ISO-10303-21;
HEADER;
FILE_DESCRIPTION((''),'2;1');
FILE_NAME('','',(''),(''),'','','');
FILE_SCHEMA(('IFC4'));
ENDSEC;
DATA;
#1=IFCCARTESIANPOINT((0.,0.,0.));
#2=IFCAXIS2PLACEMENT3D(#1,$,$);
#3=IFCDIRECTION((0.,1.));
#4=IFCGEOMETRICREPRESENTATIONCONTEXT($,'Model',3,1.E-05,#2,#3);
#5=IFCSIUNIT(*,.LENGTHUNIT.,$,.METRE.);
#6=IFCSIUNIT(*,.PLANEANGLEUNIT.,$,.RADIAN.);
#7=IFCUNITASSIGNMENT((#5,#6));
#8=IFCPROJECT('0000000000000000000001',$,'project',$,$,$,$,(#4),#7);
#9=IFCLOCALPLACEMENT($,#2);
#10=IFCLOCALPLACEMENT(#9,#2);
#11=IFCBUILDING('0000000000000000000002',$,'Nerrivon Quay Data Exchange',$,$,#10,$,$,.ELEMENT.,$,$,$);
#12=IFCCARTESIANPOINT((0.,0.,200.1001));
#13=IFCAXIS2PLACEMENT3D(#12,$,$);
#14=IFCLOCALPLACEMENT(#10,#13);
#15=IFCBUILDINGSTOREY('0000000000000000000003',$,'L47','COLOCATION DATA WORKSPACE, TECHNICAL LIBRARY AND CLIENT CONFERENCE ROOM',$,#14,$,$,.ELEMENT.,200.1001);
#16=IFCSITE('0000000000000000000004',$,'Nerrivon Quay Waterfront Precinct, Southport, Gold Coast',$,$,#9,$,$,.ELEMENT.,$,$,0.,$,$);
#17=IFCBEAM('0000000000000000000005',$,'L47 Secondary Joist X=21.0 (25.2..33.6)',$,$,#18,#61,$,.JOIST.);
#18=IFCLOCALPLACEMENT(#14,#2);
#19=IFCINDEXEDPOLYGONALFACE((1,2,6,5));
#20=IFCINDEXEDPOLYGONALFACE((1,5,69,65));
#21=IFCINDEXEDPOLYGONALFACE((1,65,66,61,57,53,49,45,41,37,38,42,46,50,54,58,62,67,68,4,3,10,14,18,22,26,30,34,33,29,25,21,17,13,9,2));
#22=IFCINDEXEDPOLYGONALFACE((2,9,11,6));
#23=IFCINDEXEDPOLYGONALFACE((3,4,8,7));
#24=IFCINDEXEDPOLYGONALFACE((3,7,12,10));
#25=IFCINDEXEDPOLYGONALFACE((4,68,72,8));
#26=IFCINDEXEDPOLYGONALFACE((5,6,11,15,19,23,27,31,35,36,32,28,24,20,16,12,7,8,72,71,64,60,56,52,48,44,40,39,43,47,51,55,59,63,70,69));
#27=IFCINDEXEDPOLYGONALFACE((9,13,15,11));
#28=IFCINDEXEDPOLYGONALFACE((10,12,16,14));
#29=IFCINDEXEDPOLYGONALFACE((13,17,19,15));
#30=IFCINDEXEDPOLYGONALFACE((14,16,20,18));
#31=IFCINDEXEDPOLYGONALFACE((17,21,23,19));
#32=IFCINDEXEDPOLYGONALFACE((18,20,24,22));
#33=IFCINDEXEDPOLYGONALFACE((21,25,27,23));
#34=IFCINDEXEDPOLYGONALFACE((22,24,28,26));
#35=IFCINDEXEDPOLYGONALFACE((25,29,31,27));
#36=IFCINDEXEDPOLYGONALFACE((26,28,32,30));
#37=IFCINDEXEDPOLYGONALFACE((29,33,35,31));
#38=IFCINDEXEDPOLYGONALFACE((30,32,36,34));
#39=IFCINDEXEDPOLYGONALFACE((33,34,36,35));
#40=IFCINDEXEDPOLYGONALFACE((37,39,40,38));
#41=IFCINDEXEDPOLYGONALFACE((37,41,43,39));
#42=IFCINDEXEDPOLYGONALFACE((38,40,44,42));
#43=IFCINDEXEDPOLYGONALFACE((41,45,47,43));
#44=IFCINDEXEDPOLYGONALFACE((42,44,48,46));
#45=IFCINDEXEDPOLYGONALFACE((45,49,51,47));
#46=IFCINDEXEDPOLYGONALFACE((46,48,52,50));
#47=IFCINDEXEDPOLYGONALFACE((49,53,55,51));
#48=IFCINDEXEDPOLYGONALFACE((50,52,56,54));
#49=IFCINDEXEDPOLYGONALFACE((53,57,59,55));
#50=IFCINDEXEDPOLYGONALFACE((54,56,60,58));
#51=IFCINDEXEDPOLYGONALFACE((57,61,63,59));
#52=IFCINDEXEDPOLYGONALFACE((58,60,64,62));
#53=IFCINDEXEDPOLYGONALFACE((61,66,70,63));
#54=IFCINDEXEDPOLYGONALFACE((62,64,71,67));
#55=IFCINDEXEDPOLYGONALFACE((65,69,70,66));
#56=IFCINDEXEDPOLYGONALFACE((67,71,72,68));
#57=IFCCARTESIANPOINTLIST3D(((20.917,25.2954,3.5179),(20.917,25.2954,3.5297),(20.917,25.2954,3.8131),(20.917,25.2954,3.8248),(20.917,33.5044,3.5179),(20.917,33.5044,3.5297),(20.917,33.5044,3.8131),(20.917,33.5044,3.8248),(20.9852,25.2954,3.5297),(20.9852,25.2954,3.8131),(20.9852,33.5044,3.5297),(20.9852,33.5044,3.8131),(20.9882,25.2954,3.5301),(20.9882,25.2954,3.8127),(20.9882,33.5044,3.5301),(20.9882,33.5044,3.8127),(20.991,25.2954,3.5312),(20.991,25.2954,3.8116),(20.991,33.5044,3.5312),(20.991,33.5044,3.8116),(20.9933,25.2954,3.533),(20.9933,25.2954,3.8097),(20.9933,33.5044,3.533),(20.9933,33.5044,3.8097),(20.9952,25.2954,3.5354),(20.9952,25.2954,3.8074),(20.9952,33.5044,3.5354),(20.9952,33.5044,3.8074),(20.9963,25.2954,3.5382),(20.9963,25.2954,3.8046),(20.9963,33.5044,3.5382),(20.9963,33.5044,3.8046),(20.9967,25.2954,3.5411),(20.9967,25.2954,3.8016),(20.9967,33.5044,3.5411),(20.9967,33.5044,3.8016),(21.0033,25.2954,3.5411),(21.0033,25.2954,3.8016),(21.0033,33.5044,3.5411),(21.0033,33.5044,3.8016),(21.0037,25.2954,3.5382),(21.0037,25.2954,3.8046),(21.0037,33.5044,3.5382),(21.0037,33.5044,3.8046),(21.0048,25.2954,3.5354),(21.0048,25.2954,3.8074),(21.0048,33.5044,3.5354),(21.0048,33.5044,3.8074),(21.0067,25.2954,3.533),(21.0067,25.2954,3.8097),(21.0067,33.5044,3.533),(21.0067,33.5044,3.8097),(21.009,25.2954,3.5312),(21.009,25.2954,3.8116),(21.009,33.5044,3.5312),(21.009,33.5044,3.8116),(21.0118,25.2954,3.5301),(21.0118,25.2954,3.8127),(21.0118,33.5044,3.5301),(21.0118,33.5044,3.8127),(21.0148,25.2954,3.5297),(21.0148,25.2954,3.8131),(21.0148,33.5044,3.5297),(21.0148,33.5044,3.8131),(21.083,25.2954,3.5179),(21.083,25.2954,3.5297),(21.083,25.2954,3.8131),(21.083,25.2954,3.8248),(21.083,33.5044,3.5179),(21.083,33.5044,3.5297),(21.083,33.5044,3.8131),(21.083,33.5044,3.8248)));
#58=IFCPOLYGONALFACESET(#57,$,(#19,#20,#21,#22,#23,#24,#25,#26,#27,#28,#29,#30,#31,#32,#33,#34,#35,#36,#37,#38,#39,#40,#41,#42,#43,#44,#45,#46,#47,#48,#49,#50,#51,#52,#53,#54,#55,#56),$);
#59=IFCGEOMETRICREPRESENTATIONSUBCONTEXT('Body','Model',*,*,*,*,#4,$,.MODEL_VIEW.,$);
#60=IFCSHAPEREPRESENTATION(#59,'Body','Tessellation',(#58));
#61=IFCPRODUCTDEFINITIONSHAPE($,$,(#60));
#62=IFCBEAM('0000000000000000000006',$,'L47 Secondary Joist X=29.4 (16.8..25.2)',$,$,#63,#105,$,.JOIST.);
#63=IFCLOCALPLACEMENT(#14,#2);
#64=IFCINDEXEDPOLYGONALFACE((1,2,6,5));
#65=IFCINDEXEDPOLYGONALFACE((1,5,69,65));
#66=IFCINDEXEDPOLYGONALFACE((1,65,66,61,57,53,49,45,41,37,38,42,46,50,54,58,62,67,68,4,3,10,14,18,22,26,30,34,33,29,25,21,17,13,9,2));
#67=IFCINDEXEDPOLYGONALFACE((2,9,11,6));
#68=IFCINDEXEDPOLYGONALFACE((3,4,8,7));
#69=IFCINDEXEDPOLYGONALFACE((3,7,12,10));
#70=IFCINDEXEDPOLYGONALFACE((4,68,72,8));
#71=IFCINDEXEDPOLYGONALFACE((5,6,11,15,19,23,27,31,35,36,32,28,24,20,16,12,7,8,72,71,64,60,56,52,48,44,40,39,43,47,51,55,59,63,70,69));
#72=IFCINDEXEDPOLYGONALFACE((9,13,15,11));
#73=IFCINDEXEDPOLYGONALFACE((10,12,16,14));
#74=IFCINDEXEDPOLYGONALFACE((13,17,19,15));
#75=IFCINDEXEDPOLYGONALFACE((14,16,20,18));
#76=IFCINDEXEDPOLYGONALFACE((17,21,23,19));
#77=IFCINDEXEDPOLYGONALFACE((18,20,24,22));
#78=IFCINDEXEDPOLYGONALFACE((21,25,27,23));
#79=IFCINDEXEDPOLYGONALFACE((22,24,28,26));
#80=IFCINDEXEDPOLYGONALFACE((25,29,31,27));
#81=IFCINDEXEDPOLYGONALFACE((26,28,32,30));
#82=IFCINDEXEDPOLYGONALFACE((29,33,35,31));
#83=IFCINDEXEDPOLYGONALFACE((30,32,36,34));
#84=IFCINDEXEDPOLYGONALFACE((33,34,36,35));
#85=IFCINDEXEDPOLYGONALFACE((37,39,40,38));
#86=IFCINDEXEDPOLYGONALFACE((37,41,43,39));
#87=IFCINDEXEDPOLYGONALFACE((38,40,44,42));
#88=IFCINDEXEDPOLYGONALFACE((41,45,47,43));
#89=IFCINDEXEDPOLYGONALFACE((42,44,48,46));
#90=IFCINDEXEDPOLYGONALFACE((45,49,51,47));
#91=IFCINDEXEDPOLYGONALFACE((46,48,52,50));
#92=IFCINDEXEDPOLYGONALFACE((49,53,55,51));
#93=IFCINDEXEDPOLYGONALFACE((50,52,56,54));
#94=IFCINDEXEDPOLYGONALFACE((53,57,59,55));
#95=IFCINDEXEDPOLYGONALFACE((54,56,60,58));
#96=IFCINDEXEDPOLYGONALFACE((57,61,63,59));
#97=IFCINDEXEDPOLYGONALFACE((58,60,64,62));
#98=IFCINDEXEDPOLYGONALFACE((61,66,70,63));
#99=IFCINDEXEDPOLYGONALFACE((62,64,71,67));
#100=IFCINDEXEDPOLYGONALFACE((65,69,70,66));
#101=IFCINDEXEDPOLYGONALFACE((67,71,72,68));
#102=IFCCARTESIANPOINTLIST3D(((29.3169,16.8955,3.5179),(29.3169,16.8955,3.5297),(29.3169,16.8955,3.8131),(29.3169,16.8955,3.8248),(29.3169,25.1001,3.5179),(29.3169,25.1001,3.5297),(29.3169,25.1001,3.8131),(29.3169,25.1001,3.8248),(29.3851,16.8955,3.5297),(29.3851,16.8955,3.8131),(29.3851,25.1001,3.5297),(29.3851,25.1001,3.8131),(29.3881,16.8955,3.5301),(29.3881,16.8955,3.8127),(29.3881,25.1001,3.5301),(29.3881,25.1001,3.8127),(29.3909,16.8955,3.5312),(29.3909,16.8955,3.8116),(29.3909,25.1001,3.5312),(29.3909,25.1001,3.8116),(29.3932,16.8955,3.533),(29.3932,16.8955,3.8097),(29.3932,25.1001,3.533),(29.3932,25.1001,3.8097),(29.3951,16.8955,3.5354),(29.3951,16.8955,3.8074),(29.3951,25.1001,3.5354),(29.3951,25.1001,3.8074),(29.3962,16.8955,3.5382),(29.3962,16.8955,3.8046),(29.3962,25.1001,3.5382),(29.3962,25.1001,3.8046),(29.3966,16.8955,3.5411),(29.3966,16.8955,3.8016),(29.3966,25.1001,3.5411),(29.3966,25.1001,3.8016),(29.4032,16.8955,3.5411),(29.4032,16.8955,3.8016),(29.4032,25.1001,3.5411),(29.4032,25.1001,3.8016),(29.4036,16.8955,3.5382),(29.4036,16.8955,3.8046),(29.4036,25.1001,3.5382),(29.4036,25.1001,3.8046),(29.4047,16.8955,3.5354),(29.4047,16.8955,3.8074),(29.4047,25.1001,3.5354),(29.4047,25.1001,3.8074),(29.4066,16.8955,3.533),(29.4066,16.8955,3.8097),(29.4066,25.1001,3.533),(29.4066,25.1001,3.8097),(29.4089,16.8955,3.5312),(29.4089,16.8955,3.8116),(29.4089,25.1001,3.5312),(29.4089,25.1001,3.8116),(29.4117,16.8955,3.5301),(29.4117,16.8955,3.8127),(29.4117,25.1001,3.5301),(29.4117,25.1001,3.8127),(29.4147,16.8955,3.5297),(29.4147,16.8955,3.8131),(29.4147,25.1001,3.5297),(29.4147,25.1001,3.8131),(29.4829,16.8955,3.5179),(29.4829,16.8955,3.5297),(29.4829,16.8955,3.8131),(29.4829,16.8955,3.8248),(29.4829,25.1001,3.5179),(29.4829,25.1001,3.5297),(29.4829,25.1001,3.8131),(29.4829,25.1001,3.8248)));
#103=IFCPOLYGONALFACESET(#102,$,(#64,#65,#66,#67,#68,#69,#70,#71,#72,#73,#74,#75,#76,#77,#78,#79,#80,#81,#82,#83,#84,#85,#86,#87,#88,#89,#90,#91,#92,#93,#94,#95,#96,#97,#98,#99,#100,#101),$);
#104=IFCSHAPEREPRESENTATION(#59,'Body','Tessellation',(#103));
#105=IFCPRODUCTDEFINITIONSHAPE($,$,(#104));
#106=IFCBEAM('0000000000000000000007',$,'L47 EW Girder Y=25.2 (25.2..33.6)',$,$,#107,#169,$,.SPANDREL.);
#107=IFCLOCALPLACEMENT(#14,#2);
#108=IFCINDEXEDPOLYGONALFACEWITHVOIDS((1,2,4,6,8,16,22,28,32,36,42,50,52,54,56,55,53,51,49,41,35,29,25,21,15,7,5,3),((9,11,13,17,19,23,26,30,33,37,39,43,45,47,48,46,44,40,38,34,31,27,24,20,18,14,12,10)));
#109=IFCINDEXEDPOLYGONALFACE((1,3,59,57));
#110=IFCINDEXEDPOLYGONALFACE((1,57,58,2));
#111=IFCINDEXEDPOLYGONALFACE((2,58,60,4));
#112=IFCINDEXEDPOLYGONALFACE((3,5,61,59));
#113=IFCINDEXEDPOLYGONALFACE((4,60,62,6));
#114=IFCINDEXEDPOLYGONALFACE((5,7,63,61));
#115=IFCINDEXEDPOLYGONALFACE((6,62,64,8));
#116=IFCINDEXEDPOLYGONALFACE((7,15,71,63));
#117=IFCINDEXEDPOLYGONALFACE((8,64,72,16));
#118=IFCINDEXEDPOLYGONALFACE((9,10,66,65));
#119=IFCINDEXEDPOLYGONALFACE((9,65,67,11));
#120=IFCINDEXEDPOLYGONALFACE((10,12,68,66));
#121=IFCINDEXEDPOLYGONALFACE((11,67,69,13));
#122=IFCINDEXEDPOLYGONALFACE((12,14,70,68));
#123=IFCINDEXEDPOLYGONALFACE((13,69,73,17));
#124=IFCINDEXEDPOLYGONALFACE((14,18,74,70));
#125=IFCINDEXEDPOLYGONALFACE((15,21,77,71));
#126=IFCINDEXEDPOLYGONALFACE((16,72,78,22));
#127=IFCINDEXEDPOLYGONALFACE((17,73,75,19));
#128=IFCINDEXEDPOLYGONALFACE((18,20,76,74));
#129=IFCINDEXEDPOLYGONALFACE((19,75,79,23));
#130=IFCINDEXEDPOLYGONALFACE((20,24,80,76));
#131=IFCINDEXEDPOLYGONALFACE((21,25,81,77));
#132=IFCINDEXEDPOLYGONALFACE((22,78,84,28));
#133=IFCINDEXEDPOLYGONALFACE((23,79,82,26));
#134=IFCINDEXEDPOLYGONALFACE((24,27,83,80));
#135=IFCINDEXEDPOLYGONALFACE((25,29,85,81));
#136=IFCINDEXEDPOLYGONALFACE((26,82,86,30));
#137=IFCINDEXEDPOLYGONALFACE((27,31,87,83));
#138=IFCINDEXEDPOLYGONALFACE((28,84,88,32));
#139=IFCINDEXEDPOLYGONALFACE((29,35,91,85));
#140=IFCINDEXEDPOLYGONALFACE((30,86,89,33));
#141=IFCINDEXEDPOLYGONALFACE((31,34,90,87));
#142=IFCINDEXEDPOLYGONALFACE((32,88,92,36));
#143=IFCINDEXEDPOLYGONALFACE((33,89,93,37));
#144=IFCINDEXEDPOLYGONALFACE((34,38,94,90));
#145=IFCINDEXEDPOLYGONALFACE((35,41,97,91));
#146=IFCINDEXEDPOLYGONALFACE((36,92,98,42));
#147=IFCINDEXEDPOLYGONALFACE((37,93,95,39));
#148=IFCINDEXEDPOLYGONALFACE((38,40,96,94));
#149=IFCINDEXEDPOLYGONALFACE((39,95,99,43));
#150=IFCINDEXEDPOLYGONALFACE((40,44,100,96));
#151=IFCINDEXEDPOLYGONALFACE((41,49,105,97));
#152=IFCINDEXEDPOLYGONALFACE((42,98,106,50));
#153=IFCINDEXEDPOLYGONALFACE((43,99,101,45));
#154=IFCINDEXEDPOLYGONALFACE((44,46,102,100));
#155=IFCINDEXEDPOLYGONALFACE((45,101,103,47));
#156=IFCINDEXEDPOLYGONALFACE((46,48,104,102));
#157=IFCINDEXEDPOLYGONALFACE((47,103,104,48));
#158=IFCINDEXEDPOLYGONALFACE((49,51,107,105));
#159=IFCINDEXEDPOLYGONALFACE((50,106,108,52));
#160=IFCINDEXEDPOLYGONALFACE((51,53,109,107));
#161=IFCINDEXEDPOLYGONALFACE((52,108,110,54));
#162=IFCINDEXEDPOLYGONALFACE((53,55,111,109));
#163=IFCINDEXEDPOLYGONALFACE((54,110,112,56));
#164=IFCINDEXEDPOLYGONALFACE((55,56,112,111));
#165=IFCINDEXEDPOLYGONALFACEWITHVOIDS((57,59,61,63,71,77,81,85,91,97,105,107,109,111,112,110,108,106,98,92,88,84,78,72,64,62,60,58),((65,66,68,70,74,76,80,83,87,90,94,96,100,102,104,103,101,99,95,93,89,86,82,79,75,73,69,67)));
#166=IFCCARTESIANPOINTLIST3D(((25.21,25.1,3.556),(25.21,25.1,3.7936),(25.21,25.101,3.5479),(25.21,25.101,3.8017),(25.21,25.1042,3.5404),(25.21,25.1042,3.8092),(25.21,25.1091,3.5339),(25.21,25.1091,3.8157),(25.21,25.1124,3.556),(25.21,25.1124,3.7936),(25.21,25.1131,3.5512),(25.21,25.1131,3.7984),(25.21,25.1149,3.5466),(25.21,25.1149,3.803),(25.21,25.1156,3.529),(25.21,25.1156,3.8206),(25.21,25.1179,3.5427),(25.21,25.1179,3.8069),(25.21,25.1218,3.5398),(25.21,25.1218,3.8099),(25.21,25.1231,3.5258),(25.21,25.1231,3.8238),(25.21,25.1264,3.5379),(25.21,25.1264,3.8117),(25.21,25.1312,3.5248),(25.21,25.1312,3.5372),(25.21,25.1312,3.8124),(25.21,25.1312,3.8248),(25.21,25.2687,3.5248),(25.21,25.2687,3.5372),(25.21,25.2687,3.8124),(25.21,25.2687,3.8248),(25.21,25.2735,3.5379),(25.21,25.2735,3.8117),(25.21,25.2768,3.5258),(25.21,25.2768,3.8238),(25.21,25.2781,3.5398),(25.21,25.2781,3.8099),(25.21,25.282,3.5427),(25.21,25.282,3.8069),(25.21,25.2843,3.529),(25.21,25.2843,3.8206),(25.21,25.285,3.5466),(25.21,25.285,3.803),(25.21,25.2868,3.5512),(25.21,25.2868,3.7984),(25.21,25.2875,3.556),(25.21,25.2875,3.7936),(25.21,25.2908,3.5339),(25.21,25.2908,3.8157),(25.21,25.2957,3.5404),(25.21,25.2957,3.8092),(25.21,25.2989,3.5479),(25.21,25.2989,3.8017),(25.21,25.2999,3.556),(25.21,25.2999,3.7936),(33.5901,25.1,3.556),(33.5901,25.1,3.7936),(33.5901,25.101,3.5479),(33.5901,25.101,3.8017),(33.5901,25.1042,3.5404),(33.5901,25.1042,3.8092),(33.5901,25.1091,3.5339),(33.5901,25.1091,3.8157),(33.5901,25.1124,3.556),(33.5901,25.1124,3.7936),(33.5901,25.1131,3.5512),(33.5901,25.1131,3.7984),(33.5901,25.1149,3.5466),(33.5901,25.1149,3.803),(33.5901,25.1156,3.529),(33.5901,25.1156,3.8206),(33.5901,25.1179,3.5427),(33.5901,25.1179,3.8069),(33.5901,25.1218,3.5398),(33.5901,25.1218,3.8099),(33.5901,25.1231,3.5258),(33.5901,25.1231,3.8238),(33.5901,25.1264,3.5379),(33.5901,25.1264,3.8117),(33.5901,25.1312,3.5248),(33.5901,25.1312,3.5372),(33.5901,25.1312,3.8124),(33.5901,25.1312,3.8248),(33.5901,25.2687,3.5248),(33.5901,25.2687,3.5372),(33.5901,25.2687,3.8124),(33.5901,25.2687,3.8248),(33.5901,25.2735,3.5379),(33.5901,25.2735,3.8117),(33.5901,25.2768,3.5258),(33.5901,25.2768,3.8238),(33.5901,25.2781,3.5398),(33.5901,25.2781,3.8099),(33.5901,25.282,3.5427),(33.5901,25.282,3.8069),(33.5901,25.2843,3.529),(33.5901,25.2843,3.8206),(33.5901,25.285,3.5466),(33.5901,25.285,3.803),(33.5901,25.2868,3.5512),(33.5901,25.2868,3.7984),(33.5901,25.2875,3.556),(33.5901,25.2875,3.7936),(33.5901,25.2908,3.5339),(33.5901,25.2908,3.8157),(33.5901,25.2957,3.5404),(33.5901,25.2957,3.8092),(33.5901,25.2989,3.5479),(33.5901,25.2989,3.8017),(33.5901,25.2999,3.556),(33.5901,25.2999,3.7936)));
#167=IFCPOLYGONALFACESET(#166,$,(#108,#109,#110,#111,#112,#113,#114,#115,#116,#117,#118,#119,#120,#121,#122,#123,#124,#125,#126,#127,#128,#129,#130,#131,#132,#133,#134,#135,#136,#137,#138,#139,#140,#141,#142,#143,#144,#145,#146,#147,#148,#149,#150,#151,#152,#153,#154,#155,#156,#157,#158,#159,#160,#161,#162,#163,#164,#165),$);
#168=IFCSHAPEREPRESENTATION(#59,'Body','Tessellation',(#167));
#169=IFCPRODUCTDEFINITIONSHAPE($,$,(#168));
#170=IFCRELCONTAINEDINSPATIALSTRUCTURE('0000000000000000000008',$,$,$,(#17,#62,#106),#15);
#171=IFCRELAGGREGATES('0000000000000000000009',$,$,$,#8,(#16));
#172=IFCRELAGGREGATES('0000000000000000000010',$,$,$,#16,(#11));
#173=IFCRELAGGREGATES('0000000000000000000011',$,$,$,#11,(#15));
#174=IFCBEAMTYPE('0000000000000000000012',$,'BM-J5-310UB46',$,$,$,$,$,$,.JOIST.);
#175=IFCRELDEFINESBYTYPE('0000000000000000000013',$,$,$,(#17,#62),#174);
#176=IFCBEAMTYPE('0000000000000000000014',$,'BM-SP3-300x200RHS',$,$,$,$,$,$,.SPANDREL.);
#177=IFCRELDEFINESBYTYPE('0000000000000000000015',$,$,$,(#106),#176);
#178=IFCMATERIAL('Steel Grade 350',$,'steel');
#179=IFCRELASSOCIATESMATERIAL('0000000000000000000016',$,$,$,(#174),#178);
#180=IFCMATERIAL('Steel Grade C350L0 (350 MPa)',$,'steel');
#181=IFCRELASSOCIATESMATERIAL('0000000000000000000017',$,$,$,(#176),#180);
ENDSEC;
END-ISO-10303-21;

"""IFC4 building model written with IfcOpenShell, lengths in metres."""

from ifc_helpers import new_model, si_unit, direction, frame, origin, origin_2d, place, context, subcontext, project, spatial, hollow_rectangle, i_section, extrude, material, material_profile, profile_set, type_object, element, save


model = new_model("IFC4")

# Units and contexts
model_context = context("Model", 3, precision=1e-05, world=origin(), true_north=direction((0.0, 1.0)))
body_context = subcontext(model_context, "Body", "Model", "MODEL_VIEW")
ifc_project = project(units=[si_unit("LENGTHUNIT", "METRE"), si_unit("PLANEANGLEUNIT", "RADIAN")], contexts=[model_context])

# Site, building, storey
site_placement = place(None, origin())
site = spatial("IfcSite", under=ifc_project, at=site_placement, Name="Nerrivon Quay Waterfront Precinct, Southport, Gold Coast", CompositionType="ELEMENT", RefElevation=0.0)
building_placement = place(site_placement, origin())
building = spatial("IfcBuilding", under=site, at=building_placement, Name="Nerrivon Quay Data Exchange", CompositionType="ELEMENT")
storey_placement = place(building_placement, frame((0.0, 0.0, 200.1001)))
storey = spatial("IfcBuildingStorey", under=building, at=storey_placement, Name="L47", Description="COLOCATION DATA WORKSPACE, TECHNICAL LIBRARY AND CLIENT CONFERENCE ROOM", CompositionType="ELEMENT", Elevation=200.1001)

# Shared definitions
ifc_material_1 = material(Name="Steel Grade 350", Category="steel")

# Beams
ifc_material_profile_1 = material_profile(ifc_material_1, i_section(OverallWidth=0.166, OverallDepth=0.3069, WebThickness=0.0066, FlangeThickness=0.0117, FilletRadius=0.0115, at=origin_2d()), Name="310UB46.2")
ifc_profile_set_1 = profile_set([ifc_material_profile_1], Name="Steel Grade 350")
beam_type_1 = type_object("IfcBeamType", Name="BM-J5-310UB46", PredefinedType="JOIST", material=ifc_profile_set_1)
for number, where, z_axis, x_axis, name in (
    (1, (21.0, 25.2954, 3.6714), (0.0, 1.0, 0.0), (-1.0, 0.0, 0.0), "L47 Secondary Joist X=21.0 (25.2..33.6)"),
):
    element("IfcBeam", number, at=place(storey_placement, frame(where, z_axis=z_axis, x_axis=x_axis)), inside=storey, type_object=beam_type_1, Name=name, PredefinedType="JOIST", context=body_context, shape_type="SweptSolid", body=[
        extrude(i_section(OverallWidth=0.166, OverallDepth=0.3069, WebThickness=0.0066, FlangeThickness=0.0117, FilletRadius=0.0115, at=origin_2d()), origin(), (0.0, 0.0, 1.0), 8.209),
    ])
beam_1_placement = place(storey_placement, frame((29.3999, 16.8955, 3.6714), z_axis=(0.0, 1.0, 0.0), x_axis=(-1.0, 0.0, 0.0)))
element("IfcBeam", 2, at=beam_1_placement, inside=storey, type_object=beam_type_1, Name="L47 Secondary Joist X=29.4 (16.8..25.2)", PredefinedType="JOIST", context=body_context, shape_type="SweptSolid", body=[
    extrude(i_section(OverallWidth=0.166, OverallDepth=0.3069, WebThickness=0.0066, FlangeThickness=0.0117, FilletRadius=0.0115, at=origin_2d()), origin(), (0.0, 0.0, 1.0), 8.2046),
])
ifc_material_2 = material(Name="Steel Grade C350L0 (350 MPa)", Category="steel")
ifc_material_profile_2 = material_profile(ifc_material_2, hollow_rectangle(XDim=0.2, YDim=0.3, WallThickness=0.0125, InnerFilletRadius=0.0188, OuterFilletRadius=0.0312, at=origin_2d()), Name="300x200x12.5RHS")
ifc_profile_set_2 = profile_set([ifc_material_profile_2], Name="Steel Grade C350L0 (350 MPa)")
beam_type_2 = type_object("IfcBeamType", Name="BM-SP3-300x200RHS", PredefinedType="SPANDREL", material=ifc_profile_set_2)
beam_2_placement = place(storey_placement, frame((25.21, 25.2, 3.6748), z_axis=(1.0, 0.0, 0.0), x_axis=(0.0, 1.0, 0.0)))
element("IfcBeam", 3, at=beam_2_placement, inside=storey, type_object=beam_type_2, Name="L47 EW Girder Y=25.2 (25.2..33.6)", PredefinedType="SPANDREL", context=body_context, shape_type="SweptSolid", body=[
    extrude(hollow_rectangle(XDim=0.2, YDim=0.3, WallThickness=0.0125, InnerFilletRadius=0.0188, OuterFilletRadius=0.0312, at=origin_2d()), origin(), (0.0, 0.0, 1.0), 8.3801),
])

save(model, "model.ifc")
